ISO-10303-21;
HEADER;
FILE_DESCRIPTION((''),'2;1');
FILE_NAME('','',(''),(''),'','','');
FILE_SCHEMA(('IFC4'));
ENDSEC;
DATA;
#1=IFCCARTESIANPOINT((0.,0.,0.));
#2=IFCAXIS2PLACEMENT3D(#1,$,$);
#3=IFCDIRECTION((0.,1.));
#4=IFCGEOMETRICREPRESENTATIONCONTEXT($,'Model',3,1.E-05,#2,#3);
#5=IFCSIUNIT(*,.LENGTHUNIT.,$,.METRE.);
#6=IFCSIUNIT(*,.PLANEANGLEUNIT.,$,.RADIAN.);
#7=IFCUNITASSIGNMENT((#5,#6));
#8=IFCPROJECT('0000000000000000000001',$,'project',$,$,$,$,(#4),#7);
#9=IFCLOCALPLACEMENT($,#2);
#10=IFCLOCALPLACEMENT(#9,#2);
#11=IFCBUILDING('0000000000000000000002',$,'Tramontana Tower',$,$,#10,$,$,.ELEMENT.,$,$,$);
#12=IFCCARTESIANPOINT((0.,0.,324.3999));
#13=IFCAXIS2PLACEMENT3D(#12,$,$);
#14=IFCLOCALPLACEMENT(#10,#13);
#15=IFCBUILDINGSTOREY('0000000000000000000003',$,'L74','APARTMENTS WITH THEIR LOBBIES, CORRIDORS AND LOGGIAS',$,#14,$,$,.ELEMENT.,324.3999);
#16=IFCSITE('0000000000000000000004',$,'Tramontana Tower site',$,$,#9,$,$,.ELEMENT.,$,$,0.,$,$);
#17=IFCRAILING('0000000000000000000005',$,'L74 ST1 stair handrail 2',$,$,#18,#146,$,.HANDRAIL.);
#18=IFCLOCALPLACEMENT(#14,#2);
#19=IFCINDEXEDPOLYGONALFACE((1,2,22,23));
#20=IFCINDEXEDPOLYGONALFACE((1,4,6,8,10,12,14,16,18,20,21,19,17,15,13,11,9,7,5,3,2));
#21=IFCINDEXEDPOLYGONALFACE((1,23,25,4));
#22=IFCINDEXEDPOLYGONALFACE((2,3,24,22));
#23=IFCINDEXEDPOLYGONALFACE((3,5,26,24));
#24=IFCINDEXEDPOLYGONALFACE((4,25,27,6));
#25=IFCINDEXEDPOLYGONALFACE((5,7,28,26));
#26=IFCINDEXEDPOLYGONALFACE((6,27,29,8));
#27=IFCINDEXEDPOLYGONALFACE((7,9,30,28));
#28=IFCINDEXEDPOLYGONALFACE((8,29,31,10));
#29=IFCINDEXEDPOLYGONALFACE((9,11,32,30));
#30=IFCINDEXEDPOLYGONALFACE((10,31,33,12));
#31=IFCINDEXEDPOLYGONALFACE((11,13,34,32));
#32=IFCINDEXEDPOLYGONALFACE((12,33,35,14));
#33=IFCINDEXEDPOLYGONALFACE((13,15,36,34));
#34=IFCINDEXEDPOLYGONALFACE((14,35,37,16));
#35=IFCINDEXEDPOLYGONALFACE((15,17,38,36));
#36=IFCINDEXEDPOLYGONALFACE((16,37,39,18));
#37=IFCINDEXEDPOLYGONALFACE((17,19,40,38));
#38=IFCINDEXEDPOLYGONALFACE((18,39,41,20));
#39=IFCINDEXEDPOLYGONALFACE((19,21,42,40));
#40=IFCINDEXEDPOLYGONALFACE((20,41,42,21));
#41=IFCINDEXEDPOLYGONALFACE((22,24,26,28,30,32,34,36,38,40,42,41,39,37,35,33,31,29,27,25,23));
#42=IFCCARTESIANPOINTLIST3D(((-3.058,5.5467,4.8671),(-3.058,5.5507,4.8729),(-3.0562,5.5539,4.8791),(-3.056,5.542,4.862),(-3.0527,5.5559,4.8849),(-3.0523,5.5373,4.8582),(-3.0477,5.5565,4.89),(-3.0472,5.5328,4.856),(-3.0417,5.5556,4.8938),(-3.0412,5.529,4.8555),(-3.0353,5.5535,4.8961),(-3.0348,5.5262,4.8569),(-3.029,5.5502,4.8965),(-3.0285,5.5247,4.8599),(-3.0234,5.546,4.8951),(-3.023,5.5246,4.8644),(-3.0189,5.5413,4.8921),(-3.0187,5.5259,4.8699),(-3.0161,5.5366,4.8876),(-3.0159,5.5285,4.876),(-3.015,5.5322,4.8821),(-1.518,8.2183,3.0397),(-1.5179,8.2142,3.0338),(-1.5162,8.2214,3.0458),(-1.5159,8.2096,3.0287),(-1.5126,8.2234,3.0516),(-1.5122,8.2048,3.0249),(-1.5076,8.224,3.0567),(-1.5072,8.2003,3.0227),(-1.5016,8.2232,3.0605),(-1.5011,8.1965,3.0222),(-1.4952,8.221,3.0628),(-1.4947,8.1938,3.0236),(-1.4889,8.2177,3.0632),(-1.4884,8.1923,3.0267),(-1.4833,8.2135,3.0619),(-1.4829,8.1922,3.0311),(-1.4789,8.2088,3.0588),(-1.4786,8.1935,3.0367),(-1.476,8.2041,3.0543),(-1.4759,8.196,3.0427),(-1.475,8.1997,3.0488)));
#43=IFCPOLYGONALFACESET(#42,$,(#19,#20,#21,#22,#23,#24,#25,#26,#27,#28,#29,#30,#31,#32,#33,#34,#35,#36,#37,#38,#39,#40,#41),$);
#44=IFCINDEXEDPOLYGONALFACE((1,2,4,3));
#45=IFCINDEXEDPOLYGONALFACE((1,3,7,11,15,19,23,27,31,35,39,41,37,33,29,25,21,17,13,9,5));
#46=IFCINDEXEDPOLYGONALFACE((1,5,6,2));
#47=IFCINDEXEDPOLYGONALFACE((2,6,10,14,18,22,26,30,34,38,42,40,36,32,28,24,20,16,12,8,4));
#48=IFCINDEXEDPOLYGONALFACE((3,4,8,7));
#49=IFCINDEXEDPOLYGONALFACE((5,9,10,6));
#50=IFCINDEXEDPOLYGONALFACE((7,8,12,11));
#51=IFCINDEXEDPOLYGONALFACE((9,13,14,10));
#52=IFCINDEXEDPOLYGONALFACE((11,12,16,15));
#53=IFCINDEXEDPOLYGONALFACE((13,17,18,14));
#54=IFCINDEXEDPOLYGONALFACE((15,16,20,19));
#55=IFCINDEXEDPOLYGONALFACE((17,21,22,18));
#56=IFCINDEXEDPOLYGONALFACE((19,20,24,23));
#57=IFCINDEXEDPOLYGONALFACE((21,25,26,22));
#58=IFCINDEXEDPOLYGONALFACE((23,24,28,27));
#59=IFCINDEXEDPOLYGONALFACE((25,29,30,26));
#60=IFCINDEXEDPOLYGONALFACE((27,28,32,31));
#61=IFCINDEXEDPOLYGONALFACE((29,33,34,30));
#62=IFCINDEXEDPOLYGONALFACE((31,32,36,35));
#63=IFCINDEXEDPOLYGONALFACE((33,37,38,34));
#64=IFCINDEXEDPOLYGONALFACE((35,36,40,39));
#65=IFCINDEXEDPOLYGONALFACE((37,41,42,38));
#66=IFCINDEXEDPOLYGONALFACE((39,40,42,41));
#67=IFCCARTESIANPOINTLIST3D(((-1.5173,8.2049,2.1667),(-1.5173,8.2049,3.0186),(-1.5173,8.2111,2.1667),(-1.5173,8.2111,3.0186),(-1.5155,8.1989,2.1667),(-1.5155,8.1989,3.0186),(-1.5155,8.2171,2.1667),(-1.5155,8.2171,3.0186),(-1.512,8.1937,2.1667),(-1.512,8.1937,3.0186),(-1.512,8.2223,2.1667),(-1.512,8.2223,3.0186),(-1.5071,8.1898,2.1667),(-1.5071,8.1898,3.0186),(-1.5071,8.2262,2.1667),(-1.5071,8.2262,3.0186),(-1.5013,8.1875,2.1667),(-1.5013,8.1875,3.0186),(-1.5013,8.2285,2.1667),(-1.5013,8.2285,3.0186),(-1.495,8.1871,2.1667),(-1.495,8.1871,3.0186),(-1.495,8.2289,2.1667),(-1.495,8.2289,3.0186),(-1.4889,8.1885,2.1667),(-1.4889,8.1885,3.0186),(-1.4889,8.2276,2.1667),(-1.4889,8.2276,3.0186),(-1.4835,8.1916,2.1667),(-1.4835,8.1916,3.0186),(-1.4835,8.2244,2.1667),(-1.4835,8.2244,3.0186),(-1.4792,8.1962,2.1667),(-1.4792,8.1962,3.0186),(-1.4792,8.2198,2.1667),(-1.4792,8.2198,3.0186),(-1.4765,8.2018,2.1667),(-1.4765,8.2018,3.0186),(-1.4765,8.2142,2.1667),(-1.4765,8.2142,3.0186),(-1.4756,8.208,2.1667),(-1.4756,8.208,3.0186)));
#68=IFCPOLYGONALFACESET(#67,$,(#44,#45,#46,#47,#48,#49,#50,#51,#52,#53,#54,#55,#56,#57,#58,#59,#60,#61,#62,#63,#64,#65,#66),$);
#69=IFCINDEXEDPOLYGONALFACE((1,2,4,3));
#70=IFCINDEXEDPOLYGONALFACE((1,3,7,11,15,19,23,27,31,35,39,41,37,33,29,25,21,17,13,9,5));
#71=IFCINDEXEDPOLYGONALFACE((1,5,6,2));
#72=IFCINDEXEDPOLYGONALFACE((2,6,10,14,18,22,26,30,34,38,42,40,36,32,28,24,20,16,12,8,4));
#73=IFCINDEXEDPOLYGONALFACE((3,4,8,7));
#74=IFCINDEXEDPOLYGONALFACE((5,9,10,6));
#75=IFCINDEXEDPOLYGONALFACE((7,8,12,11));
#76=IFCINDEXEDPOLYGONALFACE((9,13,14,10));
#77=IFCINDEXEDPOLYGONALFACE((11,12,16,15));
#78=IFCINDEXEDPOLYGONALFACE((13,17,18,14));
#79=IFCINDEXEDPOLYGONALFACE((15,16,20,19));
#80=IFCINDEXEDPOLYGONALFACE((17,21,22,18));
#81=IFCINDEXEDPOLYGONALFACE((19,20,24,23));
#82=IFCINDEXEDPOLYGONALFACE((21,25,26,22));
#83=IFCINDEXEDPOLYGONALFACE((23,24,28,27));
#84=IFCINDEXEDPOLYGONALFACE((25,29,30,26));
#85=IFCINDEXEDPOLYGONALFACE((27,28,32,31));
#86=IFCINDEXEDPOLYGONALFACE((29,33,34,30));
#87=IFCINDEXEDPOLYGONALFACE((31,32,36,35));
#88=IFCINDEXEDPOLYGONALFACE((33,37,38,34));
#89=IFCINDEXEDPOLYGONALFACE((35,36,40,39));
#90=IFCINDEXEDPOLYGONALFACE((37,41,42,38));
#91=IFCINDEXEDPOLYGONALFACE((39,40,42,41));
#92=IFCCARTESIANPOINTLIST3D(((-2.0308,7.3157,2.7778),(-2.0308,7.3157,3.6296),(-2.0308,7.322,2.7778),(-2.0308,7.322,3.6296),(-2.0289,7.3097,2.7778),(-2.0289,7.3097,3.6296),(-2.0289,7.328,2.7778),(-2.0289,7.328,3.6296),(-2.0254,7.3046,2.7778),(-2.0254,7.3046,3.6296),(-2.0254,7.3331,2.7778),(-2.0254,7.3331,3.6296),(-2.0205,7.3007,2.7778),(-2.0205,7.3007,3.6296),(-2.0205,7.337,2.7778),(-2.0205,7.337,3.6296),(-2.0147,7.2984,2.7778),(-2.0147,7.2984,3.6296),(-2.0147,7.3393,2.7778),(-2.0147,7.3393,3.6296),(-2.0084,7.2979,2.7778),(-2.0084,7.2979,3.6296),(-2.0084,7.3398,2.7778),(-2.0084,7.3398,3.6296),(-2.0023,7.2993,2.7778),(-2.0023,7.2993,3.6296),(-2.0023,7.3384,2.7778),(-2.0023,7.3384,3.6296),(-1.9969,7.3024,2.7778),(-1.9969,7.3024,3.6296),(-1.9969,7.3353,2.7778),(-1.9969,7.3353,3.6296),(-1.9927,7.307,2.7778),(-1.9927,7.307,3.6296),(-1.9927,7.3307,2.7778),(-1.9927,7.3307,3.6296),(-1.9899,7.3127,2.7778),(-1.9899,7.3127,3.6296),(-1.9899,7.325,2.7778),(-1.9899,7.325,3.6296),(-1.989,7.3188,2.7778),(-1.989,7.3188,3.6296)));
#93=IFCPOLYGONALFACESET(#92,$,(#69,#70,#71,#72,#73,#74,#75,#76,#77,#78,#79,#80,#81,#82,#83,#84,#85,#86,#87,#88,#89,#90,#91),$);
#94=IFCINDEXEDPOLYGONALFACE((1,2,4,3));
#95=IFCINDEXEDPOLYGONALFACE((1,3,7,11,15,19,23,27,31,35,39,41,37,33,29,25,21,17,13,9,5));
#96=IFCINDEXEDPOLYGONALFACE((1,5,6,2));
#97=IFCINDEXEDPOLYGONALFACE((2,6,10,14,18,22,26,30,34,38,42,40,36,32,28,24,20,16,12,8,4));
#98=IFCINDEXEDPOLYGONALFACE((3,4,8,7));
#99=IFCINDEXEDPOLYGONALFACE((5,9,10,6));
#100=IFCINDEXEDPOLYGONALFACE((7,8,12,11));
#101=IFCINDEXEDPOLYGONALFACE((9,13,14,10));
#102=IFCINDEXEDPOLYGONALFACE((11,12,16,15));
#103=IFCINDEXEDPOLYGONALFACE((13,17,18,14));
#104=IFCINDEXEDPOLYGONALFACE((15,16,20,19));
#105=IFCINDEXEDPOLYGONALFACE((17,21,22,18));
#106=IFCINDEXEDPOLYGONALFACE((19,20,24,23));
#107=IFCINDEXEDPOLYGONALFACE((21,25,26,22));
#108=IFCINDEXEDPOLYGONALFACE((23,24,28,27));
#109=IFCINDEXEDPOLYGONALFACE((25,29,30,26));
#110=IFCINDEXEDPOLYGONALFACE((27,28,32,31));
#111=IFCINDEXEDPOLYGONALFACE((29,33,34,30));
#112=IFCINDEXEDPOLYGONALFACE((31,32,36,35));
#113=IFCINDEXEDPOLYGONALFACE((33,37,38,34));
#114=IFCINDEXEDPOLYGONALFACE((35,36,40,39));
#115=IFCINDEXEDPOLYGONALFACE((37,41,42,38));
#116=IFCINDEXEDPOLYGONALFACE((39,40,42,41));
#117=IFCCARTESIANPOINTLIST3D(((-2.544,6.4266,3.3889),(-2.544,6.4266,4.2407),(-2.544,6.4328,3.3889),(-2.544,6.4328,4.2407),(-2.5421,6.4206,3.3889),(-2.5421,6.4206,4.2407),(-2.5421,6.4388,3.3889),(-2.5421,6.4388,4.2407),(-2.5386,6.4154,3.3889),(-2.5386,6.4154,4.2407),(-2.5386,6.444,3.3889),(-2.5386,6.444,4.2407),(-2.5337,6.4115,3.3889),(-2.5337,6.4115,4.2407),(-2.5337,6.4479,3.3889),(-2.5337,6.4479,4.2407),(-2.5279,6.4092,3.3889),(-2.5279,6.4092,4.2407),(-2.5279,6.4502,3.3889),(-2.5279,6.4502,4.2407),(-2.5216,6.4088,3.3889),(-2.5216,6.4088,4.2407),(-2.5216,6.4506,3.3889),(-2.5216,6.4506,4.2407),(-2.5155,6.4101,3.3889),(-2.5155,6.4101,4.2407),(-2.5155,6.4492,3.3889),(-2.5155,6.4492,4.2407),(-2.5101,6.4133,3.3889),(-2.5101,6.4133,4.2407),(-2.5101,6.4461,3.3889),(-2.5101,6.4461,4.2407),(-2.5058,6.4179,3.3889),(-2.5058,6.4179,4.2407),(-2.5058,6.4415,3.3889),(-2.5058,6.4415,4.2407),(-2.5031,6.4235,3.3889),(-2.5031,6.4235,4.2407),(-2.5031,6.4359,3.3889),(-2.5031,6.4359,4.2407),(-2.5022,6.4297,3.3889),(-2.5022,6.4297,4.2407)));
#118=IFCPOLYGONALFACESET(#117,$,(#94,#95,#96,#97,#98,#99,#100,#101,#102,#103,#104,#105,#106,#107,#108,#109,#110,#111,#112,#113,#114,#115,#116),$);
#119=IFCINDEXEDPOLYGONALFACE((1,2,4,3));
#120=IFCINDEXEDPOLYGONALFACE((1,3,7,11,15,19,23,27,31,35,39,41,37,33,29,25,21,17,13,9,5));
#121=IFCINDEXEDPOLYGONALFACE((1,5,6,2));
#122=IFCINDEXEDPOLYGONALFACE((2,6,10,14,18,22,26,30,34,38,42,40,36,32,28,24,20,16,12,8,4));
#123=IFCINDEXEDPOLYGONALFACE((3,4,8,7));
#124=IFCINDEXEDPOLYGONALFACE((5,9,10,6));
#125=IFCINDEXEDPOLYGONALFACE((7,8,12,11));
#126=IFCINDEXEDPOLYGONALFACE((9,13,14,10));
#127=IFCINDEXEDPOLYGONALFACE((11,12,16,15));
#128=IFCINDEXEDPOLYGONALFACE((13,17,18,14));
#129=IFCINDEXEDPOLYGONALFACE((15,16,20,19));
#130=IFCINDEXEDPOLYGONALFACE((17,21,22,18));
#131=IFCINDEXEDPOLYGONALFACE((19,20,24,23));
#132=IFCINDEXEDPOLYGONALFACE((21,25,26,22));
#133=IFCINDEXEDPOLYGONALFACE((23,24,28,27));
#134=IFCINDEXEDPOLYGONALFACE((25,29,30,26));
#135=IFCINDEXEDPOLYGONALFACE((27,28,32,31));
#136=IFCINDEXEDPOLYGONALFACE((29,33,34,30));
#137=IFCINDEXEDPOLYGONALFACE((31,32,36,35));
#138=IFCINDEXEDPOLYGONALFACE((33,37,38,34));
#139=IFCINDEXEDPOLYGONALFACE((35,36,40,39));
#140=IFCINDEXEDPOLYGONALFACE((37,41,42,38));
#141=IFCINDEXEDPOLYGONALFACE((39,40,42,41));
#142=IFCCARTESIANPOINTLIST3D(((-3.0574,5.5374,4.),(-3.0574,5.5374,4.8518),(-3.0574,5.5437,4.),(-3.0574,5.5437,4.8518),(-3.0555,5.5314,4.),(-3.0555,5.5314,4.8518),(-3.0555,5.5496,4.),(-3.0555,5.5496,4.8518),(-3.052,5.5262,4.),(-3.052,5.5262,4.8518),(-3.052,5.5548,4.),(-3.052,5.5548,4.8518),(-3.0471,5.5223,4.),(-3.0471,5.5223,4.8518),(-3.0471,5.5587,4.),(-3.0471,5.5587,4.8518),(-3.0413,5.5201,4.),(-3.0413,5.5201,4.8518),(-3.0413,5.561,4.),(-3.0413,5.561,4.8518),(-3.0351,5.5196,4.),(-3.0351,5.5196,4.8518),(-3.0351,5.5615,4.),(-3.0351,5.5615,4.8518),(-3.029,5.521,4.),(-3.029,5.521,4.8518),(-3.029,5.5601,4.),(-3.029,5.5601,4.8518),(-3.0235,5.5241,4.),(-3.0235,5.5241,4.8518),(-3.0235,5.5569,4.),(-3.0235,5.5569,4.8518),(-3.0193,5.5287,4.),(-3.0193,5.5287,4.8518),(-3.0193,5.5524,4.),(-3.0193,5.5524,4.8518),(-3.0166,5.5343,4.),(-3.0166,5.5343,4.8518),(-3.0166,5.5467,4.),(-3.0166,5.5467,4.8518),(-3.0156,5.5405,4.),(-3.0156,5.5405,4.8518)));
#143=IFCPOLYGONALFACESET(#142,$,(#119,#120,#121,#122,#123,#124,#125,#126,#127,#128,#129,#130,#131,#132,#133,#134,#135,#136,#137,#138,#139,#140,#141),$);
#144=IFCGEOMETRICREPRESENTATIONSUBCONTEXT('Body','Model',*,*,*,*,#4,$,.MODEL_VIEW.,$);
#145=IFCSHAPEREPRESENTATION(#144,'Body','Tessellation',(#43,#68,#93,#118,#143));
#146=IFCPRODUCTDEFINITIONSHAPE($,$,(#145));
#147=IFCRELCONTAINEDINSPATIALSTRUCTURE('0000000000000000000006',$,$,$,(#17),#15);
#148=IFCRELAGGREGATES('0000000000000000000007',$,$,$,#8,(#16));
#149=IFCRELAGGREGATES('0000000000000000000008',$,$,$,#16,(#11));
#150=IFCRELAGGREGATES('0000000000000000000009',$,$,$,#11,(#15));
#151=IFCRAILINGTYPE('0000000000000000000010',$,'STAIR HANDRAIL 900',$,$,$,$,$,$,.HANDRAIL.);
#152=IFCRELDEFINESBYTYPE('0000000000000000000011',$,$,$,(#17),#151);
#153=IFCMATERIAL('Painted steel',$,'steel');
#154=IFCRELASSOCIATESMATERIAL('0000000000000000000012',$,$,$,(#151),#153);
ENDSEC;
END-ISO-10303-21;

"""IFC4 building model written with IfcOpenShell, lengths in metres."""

from ifc_helpers import new_model, si_unit, direction, frame, origin, origin_2d, place, context, subcontext, project, spatial, circle, extrude, material, type_object, element, save


model = new_model("IFC4")

# Units and contexts
model_context = context("Model", 3, precision=1e-05, world=origin(), true_north=direction((0.0, 1.0)))
body_context = subcontext(model_context, "Body", "Model", "MODEL_VIEW")
ifc_project = project(units=[si_unit("LENGTHUNIT", "METRE"), si_unit("PLANEANGLEUNIT", "RADIAN")], contexts=[model_context])

# Site, building, storey
site_placement = place(None, origin())
site = spatial("IfcSite", under=ifc_project, at=site_placement, Name="Tramontana Tower site", CompositionType="ELEMENT", RefElevation=0.0)
building_placement = place(site_placement, origin())
building = spatial("IfcBuilding", under=site, at=building_placement, Name="Tramontana Tower", CompositionType="ELEMENT")
storey_placement = place(building_placement, frame((0.0, 0.0, 324.3999)))
storey = spatial("IfcBuildingStorey", under=building, at=storey_placement, Name="L74", Description="APARTMENTS WITH THEIR LOBBIES, CORRIDORS AND LOGGIAS", CompositionType="ELEMENT", Elevation=324.3999)

# Railing
ifc_material_1 = material(Name="Painted steel", Category="steel")
railing_type_1 = type_object("IfcRailingType", Name="STAIR HANDRAIL 900", PredefinedType="HANDRAIL", material=ifc_material_1)
railing_1_placement = place(storey_placement, frame((-1.4966, 8.208, 2.1667)))
element("IfcRailing", 1, at=railing_1_placement, inside=storey, type_object=railing_type_1, Name="L74 ST1 stair handrail 2", PredefinedType="HANDRAIL", context=body_context, shape_type="SweptSolid", body=[
    extrude(circle(Radius=0.0239, at=origin_2d()), frame((0.0, 0.0, 0.876), z_axis=(-0.429649, -0.74419, 0.511452), x_axis=(0.86603, -0.499992, 0.0)), (0.0, 0.0, 1.0), 3.5845),
    extrude(circle(Radius=0.021, at=origin_2d()), origin(), (0.0, 0.0, 1.0), 0.8518),
    extrude(circle(Radius=0.021, at=origin_2d()), frame((-0.5134, -0.8892, 0.6111)), (0.0, 0.0, 1.0), 0.8518),
    extrude(circle(Radius=0.021, at=origin_2d()), frame((-1.0266, -1.7783, 1.2222)), (0.0, 0.0, 1.0), 0.8518),
    extrude(circle(Radius=0.021, at=origin_2d()), frame((-1.54, -2.6675, 1.8333)), (0.0, 0.0, 1.0), 0.8518),
])

save(model, "model.ifc")
